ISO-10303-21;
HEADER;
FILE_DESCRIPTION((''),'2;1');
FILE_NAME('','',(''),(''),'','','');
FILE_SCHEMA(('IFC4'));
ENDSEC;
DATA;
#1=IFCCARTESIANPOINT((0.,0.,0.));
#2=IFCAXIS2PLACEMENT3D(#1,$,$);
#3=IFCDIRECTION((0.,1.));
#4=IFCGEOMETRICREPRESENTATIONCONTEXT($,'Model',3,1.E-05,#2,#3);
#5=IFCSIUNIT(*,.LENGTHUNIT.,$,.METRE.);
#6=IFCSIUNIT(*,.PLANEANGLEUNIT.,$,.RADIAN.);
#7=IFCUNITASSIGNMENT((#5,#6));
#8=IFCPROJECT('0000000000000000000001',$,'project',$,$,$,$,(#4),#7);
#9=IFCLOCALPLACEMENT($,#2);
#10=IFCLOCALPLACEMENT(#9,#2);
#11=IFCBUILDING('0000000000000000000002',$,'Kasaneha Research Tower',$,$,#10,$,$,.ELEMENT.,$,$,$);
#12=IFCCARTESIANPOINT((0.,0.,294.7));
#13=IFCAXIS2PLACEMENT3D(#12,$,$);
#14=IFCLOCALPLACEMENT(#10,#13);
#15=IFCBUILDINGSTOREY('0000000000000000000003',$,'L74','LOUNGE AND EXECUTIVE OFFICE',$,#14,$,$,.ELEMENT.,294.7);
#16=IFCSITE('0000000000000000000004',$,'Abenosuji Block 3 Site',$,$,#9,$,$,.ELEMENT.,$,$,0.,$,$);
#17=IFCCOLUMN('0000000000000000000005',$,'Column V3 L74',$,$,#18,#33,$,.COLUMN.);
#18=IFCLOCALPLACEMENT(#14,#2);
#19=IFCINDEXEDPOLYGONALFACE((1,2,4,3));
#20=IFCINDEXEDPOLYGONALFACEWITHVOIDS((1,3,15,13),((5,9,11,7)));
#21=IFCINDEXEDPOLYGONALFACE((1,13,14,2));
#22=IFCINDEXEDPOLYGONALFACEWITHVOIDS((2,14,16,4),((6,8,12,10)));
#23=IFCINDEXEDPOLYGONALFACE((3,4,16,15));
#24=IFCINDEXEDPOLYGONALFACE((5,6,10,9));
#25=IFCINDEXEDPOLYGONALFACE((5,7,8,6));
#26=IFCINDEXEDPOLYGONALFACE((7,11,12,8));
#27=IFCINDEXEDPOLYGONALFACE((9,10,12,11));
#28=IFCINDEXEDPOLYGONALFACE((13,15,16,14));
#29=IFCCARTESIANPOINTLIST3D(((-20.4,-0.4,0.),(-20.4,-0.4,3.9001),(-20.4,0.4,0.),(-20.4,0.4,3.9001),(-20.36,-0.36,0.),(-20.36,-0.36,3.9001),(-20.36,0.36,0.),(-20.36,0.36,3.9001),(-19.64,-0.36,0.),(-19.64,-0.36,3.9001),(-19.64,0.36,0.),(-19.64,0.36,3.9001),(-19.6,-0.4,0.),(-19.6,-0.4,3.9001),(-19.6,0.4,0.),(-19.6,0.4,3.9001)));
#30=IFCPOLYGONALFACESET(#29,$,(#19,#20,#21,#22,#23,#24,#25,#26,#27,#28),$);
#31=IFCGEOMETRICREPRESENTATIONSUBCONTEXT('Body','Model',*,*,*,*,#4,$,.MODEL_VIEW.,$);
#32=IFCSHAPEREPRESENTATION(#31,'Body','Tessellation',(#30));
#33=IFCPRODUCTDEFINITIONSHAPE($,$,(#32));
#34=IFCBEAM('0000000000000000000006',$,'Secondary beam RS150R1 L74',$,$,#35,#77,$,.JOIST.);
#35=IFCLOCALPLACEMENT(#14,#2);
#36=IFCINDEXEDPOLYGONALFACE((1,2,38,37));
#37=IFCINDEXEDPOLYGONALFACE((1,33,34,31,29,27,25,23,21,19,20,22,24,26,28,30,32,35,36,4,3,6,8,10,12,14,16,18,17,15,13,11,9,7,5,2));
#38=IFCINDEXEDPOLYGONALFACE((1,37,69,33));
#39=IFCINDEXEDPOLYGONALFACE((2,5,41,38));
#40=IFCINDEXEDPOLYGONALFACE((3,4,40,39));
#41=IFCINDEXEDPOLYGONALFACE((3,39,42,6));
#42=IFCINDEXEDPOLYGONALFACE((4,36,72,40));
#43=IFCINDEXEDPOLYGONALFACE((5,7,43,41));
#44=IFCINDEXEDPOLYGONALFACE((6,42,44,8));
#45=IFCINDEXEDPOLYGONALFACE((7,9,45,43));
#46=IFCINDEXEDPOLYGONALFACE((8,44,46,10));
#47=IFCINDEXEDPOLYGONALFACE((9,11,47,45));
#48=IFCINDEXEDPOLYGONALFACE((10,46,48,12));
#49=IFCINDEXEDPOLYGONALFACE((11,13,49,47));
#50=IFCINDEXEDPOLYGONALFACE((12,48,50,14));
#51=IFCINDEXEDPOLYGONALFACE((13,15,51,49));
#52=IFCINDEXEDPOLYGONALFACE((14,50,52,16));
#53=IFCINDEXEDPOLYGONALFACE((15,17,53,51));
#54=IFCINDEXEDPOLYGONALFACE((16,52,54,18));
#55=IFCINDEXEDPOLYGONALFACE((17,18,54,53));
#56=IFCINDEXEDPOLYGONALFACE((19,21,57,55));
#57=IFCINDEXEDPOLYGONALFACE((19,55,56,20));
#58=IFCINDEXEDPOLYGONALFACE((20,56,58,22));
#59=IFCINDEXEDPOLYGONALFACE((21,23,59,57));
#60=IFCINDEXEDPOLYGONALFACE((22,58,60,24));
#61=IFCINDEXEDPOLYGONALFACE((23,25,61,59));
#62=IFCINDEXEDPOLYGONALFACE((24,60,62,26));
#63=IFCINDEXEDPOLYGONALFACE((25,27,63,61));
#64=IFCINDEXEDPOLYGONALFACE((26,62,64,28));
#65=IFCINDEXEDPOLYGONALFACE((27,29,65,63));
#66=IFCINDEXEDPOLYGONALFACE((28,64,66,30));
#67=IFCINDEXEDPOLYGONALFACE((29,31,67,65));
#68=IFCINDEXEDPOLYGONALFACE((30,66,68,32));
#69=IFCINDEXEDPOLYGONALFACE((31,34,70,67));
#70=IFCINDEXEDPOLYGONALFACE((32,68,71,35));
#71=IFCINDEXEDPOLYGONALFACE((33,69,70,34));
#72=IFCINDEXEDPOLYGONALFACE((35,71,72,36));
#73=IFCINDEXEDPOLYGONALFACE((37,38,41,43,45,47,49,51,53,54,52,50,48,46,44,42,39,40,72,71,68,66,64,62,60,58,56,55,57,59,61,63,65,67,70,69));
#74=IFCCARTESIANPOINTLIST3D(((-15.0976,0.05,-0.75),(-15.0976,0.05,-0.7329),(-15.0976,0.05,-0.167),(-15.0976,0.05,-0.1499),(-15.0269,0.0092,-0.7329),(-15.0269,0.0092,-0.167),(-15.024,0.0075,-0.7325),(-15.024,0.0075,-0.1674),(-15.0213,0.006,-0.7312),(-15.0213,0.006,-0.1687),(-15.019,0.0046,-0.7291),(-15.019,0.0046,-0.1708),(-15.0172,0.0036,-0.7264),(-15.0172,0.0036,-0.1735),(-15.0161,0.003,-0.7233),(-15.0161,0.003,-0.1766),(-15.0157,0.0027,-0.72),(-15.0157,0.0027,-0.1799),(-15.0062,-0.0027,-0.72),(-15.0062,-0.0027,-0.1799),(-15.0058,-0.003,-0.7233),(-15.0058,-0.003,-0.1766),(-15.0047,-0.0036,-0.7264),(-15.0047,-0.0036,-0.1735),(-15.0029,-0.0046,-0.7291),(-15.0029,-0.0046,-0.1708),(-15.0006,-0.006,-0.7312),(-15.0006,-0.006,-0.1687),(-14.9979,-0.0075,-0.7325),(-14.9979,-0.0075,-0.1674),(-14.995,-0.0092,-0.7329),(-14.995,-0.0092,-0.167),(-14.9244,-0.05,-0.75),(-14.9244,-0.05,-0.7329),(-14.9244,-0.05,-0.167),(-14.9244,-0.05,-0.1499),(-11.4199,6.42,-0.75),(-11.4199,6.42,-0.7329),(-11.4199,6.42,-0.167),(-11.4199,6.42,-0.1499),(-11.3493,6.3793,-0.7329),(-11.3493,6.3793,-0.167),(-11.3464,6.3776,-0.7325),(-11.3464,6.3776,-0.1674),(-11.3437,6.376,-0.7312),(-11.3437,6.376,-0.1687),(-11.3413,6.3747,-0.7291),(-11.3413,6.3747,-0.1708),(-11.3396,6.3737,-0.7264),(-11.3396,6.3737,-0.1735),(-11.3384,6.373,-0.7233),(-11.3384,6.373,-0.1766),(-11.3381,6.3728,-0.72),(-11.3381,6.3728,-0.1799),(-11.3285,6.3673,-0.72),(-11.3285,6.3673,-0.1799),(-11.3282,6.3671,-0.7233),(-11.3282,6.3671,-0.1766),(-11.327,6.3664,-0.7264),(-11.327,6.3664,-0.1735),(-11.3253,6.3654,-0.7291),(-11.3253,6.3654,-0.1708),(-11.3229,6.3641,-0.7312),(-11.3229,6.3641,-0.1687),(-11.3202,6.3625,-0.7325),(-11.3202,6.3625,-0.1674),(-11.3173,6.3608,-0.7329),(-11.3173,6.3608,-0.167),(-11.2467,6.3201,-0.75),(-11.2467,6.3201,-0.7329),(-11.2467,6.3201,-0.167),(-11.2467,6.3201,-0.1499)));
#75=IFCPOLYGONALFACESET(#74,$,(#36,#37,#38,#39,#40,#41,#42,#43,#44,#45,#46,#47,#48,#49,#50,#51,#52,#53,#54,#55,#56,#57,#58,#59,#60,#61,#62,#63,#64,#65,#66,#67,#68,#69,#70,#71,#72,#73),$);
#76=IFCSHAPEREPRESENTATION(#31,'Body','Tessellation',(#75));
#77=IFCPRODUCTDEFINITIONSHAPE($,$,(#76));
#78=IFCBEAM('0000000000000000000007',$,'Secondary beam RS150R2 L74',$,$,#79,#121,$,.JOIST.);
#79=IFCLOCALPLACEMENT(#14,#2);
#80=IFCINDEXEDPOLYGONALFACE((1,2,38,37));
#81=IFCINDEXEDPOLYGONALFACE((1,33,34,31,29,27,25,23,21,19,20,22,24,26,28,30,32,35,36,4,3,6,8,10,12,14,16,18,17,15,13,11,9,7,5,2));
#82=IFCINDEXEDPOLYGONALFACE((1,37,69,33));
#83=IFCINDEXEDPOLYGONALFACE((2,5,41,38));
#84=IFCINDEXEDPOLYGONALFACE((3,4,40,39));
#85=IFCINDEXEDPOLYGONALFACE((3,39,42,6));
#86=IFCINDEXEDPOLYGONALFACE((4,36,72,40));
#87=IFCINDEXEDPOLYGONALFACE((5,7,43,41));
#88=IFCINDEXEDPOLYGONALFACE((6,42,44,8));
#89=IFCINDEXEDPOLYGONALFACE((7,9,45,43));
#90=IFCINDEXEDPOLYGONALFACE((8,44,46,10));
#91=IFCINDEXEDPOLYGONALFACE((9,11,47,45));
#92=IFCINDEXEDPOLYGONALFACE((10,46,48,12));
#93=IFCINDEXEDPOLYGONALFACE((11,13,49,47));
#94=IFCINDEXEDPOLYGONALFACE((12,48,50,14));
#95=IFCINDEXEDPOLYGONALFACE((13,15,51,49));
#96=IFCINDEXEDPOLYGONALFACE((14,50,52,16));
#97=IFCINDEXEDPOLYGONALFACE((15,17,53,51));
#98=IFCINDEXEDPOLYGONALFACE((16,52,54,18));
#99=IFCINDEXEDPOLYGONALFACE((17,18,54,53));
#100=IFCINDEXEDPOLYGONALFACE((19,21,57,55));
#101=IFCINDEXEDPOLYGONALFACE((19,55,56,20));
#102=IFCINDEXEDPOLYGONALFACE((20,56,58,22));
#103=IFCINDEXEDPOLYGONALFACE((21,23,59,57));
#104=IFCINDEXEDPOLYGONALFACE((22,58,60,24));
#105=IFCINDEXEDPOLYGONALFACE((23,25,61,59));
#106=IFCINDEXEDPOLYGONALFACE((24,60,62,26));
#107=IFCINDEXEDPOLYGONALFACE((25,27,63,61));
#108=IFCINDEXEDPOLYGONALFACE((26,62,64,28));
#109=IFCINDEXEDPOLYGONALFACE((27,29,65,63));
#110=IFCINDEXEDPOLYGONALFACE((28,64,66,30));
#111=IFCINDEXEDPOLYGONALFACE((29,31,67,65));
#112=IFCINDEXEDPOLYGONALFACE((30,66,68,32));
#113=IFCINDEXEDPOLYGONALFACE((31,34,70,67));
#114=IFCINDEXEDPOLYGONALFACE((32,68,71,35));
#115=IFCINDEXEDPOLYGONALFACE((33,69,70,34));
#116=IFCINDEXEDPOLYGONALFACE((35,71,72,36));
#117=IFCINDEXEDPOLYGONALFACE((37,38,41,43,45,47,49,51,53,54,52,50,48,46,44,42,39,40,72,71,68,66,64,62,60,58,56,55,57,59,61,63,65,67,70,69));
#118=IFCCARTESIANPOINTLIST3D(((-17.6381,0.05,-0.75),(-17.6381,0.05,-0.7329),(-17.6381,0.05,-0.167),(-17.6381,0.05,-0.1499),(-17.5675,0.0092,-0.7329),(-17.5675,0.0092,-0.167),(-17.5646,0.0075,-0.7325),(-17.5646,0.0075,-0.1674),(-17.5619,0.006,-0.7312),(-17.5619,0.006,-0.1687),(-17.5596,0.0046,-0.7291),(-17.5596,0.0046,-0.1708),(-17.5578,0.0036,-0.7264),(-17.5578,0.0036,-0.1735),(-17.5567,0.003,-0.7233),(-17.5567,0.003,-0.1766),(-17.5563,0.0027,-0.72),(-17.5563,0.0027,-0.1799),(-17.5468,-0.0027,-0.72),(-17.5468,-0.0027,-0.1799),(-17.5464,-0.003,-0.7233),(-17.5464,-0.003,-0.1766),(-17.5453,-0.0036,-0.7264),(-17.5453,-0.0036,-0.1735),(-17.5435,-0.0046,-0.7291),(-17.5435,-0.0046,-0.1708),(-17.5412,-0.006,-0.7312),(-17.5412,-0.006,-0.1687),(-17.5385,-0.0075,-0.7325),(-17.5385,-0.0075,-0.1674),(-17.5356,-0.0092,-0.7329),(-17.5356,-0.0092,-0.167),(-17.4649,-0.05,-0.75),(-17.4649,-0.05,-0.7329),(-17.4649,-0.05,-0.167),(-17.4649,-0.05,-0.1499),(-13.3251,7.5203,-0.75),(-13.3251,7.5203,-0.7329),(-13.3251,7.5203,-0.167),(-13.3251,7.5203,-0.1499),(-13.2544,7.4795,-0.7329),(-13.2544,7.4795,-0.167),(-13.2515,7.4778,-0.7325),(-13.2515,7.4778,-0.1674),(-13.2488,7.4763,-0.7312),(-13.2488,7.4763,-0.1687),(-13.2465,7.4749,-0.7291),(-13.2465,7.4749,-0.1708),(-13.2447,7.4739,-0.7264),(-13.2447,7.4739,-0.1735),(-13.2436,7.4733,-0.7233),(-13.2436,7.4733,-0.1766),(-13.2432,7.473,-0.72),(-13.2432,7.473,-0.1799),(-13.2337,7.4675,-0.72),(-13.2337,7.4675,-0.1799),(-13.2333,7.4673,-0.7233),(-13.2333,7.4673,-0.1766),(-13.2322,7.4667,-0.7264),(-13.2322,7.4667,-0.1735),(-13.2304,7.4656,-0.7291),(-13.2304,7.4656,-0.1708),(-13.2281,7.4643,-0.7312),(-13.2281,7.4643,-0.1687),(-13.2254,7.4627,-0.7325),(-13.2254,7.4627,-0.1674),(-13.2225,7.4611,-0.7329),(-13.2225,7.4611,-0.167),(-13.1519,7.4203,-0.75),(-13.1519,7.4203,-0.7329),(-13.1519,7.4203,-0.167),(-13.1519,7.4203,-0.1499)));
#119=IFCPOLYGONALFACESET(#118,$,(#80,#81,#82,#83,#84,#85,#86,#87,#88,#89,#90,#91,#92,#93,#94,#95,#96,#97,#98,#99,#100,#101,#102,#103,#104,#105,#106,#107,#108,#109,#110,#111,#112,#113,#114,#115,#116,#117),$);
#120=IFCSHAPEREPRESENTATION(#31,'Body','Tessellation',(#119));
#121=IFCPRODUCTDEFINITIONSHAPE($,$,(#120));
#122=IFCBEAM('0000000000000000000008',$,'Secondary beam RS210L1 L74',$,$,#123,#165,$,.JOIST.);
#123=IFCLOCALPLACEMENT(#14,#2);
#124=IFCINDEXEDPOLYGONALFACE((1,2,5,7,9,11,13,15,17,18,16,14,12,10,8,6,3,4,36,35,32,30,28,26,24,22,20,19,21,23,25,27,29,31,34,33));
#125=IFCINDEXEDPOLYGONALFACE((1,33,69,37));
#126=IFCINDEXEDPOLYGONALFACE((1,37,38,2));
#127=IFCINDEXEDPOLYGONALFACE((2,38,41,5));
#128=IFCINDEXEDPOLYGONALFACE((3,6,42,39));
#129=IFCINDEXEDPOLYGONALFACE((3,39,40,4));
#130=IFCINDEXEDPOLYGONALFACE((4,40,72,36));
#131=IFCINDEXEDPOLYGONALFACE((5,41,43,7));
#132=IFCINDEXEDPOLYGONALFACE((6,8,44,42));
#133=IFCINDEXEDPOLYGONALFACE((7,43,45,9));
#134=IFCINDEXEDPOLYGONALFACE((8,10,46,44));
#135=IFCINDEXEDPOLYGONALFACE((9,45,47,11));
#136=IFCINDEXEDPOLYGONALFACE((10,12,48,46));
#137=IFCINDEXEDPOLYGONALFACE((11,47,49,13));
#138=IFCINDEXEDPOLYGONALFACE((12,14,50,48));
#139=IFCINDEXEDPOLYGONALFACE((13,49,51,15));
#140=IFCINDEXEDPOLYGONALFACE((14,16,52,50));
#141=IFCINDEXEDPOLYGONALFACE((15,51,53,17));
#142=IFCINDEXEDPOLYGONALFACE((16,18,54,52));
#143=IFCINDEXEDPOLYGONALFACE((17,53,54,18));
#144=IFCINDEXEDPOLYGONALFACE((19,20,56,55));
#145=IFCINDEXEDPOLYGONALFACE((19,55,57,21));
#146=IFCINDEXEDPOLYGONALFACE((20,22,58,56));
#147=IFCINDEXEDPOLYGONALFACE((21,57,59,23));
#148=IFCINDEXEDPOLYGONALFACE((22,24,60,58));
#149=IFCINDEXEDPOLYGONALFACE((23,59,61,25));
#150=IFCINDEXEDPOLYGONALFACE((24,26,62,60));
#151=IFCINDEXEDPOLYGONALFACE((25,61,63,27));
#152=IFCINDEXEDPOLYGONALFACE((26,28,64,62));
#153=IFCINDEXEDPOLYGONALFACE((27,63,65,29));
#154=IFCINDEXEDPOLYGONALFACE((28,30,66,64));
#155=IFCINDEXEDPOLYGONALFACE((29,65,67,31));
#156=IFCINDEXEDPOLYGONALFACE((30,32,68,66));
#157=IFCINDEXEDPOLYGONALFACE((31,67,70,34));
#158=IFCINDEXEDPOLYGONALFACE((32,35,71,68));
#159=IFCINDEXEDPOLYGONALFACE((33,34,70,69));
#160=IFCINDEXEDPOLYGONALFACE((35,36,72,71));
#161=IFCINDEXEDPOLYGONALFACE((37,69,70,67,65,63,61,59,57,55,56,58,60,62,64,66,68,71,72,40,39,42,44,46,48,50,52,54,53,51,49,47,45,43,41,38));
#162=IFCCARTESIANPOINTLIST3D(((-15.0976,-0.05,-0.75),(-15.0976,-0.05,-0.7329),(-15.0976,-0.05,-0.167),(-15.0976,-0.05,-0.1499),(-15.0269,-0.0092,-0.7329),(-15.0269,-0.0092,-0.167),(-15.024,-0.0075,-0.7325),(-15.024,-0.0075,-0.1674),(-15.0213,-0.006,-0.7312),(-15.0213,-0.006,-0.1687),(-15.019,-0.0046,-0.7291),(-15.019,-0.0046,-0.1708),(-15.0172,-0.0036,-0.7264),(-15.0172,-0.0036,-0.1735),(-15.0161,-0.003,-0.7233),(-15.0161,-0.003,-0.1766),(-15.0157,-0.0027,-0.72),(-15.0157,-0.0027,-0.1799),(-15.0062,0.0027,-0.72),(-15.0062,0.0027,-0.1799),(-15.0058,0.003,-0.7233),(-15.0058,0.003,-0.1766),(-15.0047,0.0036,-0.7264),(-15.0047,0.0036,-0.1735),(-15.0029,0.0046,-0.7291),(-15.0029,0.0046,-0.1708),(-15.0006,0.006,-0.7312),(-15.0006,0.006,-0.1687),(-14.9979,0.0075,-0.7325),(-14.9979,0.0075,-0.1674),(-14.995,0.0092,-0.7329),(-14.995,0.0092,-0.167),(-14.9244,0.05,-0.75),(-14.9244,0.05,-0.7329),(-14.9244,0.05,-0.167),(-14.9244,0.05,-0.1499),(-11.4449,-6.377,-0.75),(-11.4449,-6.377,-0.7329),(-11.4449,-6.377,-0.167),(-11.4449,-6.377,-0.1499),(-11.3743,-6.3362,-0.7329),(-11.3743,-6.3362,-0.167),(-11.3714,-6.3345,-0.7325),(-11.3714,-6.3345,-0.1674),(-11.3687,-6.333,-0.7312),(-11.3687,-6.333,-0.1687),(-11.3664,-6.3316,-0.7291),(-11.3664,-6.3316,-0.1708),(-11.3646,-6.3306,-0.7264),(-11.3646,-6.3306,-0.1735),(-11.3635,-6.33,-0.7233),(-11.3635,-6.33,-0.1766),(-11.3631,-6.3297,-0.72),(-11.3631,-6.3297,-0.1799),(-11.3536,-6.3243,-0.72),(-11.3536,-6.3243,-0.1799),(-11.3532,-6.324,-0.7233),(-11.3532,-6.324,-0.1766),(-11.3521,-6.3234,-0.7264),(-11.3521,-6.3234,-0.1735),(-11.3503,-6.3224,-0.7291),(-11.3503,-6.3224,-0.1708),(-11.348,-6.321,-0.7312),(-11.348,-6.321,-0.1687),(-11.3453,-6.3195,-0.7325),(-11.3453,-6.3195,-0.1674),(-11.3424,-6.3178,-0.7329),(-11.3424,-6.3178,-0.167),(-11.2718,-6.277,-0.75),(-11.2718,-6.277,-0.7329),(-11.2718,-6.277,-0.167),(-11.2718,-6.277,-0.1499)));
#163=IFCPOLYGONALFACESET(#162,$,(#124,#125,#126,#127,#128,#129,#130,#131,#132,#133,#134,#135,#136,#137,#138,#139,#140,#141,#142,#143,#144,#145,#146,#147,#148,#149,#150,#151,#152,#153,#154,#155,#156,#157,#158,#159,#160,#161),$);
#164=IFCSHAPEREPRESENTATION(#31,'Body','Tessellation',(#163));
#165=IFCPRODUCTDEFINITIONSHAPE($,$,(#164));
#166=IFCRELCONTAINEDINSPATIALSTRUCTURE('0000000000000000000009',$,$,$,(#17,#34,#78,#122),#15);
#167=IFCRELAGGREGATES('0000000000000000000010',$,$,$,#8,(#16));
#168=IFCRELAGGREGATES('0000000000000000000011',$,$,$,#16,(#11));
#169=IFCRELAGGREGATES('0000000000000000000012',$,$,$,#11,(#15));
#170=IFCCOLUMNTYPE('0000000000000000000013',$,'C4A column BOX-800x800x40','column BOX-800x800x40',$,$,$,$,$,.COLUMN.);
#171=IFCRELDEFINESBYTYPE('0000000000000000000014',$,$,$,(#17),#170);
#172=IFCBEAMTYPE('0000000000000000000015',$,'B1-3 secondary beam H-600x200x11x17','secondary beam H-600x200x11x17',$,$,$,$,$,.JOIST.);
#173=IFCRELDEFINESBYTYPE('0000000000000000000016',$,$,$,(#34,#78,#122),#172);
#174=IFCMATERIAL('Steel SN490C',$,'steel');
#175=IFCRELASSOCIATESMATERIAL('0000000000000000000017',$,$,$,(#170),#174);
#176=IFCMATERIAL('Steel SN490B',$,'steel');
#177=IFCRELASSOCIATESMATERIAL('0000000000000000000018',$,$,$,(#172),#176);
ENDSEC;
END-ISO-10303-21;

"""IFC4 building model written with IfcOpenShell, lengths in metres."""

from ifc_helpers import new_model, si_unit, direction, frame, origin, origin_2d, place, context, subcontext, project, spatial, hollow_rectangle, i_section, extrude, material, material_profile, profile_set, type_object, element, save


model = new_model("IFC4")

# Units and contexts
model_context = context("Model", 3, precision=1e-05, world=origin(), true_north=direction((0.0, 1.0)))
body_context = subcontext(model_context, "Body", "Model", "MODEL_VIEW")
ifc_project = project(units=[si_unit("LENGTHUNIT", "METRE"), si_unit("PLANEANGLEUNIT", "RADIAN")], contexts=[model_context])

# Site, building, storey
site_placement = place(None, origin())
site = spatial("IfcSite", under=ifc_project, at=site_placement, Name="Abenosuji Block 3 Site", CompositionType="ELEMENT", RefElevation=0.0)
building_placement = place(site_placement, origin())
building = spatial("IfcBuilding", under=site, at=building_placement, Name="Kasaneha Research Tower", CompositionType="ELEMENT")
storey_placement = place(building_placement, frame((0.0, 0.0, 294.7)))
storey = spatial("IfcBuildingStorey", under=building, at=storey_placement, Name="L74", Description="LOUNGE AND EXECUTIVE OFFICE", CompositionType="ELEMENT", Elevation=294.7)

# Column
ifc_material_1 = material(Name="Steel SN490C", Category="steel")
ifc_material_profile_1 = material_profile(ifc_material_1, hollow_rectangle(XDim=0.8, YDim=0.8, WallThickness=0.04, at=origin_2d()), Name="BOX-800x800x40")
ifc_profile_set_1 = profile_set([ifc_material_profile_1], Name="Steel SN490C")
column_type = type_object("IfcColumnType", Name="C4A column BOX-800x800x40", Description="column BOX-800x800x40", PredefinedType="COLUMN", material=ifc_profile_set_1)
column_placement = place(storey_placement, frame((-20.0, 0.0, 0.0), z_axis=(0.0, 0.0, 1.0), x_axis=(1.0, 0.0, 0.0)))
element("IfcColumn", 1, at=column_placement, inside=storey, type_object=column_type, Name="Column V3 L74", PredefinedType="COLUMN", context=body_context, shape_type="SweptSolid", body=[
    extrude(hollow_rectangle(XDim=0.8, YDim=0.8, WallThickness=0.04, at=origin_2d()), origin(), (0.0, 0.0, 1.0), 3.9001),
])

# Beams
ifc_material_2 = material(Name="Steel SN490B", Category="steel")
ifc_material_profile_2 = material_profile(ifc_material_2, i_section(OverallWidth=0.2, OverallDepth=0.6001, WebThickness=0.011, FlangeThickness=0.0171, FilletRadius=0.0129, at=origin_2d()), Name="H-600x200x11x17")
ifc_profile_set_2 = profile_set([ifc_material_profile_2], Name="Steel SN490B")
beam_type_1 = type_object("IfcBeamType", Name="B1-3 secondary beam H-600x200x11x17", Description="secondary beam H-600x200x11x17", PredefinedType="JOIST", material=ifc_profile_set_2)
beam_1_placement = place(storey_placement, frame((-15.011, 0.0, -0.45), z_axis=(0.499994, 0.866029, 0.0), x_axis=(-0.866029, 0.499994, 0.0)))
element("IfcBeam", 2, at=beam_1_placement, inside=storey, type_object=beam_type_1, Name="Secondary beam RS150R1 L74", PredefinedType="JOIST", context=body_context, shape_type="SweptSolid", body=[
    extrude(i_section(OverallWidth=0.2, OverallDepth=0.6001, WebThickness=0.011, FlangeThickness=0.0171, FilletRadius=0.0129, at=origin_2d()), origin(), (0.0, 0.0, 1.0), 7.3555),
])
beam_2_placement = place(storey_placement, frame((-17.5515, 0.0, -0.45), z_axis=(0.500005, 0.866023, 0.0), x_axis=(-0.866023, 0.500005, 0.0)))
element("IfcBeam", 3, at=beam_2_placement, inside=storey, type_object=beam_type_1, Name="Secondary beam RS150R2 L74", PredefinedType="JOIST", context=body_context, shape_type="SweptSolid", body=[
    extrude(i_section(OverallWidth=0.2, OverallDepth=0.6001, WebThickness=0.011, FlangeThickness=0.0171, FilletRadius=0.0129, at=origin_2d()), origin(), (0.0, 0.0, 1.0), 8.626),
])
beam_3_placement = place(storey_placement, frame((-15.011, 0.0, -0.45), z_axis=(0.499974, -0.86604, 0.0), x_axis=(0.86604, 0.499974, 0.0)))
element("IfcBeam", 4, at=beam_3_placement, inside=storey, type_object=beam_type_1, Name="Secondary beam RS210L1 L74", PredefinedType="JOIST", context=body_context, shape_type="SweptSolid", body=[
    extrude(i_section(OverallWidth=0.2, OverallDepth=0.6001, WebThickness=0.011, FlangeThickness=0.0171, FilletRadius=0.0129, at=origin_2d()), origin(), (0.0, 0.0, 1.0), 7.3057),
])

save(model, "model.ifc")
